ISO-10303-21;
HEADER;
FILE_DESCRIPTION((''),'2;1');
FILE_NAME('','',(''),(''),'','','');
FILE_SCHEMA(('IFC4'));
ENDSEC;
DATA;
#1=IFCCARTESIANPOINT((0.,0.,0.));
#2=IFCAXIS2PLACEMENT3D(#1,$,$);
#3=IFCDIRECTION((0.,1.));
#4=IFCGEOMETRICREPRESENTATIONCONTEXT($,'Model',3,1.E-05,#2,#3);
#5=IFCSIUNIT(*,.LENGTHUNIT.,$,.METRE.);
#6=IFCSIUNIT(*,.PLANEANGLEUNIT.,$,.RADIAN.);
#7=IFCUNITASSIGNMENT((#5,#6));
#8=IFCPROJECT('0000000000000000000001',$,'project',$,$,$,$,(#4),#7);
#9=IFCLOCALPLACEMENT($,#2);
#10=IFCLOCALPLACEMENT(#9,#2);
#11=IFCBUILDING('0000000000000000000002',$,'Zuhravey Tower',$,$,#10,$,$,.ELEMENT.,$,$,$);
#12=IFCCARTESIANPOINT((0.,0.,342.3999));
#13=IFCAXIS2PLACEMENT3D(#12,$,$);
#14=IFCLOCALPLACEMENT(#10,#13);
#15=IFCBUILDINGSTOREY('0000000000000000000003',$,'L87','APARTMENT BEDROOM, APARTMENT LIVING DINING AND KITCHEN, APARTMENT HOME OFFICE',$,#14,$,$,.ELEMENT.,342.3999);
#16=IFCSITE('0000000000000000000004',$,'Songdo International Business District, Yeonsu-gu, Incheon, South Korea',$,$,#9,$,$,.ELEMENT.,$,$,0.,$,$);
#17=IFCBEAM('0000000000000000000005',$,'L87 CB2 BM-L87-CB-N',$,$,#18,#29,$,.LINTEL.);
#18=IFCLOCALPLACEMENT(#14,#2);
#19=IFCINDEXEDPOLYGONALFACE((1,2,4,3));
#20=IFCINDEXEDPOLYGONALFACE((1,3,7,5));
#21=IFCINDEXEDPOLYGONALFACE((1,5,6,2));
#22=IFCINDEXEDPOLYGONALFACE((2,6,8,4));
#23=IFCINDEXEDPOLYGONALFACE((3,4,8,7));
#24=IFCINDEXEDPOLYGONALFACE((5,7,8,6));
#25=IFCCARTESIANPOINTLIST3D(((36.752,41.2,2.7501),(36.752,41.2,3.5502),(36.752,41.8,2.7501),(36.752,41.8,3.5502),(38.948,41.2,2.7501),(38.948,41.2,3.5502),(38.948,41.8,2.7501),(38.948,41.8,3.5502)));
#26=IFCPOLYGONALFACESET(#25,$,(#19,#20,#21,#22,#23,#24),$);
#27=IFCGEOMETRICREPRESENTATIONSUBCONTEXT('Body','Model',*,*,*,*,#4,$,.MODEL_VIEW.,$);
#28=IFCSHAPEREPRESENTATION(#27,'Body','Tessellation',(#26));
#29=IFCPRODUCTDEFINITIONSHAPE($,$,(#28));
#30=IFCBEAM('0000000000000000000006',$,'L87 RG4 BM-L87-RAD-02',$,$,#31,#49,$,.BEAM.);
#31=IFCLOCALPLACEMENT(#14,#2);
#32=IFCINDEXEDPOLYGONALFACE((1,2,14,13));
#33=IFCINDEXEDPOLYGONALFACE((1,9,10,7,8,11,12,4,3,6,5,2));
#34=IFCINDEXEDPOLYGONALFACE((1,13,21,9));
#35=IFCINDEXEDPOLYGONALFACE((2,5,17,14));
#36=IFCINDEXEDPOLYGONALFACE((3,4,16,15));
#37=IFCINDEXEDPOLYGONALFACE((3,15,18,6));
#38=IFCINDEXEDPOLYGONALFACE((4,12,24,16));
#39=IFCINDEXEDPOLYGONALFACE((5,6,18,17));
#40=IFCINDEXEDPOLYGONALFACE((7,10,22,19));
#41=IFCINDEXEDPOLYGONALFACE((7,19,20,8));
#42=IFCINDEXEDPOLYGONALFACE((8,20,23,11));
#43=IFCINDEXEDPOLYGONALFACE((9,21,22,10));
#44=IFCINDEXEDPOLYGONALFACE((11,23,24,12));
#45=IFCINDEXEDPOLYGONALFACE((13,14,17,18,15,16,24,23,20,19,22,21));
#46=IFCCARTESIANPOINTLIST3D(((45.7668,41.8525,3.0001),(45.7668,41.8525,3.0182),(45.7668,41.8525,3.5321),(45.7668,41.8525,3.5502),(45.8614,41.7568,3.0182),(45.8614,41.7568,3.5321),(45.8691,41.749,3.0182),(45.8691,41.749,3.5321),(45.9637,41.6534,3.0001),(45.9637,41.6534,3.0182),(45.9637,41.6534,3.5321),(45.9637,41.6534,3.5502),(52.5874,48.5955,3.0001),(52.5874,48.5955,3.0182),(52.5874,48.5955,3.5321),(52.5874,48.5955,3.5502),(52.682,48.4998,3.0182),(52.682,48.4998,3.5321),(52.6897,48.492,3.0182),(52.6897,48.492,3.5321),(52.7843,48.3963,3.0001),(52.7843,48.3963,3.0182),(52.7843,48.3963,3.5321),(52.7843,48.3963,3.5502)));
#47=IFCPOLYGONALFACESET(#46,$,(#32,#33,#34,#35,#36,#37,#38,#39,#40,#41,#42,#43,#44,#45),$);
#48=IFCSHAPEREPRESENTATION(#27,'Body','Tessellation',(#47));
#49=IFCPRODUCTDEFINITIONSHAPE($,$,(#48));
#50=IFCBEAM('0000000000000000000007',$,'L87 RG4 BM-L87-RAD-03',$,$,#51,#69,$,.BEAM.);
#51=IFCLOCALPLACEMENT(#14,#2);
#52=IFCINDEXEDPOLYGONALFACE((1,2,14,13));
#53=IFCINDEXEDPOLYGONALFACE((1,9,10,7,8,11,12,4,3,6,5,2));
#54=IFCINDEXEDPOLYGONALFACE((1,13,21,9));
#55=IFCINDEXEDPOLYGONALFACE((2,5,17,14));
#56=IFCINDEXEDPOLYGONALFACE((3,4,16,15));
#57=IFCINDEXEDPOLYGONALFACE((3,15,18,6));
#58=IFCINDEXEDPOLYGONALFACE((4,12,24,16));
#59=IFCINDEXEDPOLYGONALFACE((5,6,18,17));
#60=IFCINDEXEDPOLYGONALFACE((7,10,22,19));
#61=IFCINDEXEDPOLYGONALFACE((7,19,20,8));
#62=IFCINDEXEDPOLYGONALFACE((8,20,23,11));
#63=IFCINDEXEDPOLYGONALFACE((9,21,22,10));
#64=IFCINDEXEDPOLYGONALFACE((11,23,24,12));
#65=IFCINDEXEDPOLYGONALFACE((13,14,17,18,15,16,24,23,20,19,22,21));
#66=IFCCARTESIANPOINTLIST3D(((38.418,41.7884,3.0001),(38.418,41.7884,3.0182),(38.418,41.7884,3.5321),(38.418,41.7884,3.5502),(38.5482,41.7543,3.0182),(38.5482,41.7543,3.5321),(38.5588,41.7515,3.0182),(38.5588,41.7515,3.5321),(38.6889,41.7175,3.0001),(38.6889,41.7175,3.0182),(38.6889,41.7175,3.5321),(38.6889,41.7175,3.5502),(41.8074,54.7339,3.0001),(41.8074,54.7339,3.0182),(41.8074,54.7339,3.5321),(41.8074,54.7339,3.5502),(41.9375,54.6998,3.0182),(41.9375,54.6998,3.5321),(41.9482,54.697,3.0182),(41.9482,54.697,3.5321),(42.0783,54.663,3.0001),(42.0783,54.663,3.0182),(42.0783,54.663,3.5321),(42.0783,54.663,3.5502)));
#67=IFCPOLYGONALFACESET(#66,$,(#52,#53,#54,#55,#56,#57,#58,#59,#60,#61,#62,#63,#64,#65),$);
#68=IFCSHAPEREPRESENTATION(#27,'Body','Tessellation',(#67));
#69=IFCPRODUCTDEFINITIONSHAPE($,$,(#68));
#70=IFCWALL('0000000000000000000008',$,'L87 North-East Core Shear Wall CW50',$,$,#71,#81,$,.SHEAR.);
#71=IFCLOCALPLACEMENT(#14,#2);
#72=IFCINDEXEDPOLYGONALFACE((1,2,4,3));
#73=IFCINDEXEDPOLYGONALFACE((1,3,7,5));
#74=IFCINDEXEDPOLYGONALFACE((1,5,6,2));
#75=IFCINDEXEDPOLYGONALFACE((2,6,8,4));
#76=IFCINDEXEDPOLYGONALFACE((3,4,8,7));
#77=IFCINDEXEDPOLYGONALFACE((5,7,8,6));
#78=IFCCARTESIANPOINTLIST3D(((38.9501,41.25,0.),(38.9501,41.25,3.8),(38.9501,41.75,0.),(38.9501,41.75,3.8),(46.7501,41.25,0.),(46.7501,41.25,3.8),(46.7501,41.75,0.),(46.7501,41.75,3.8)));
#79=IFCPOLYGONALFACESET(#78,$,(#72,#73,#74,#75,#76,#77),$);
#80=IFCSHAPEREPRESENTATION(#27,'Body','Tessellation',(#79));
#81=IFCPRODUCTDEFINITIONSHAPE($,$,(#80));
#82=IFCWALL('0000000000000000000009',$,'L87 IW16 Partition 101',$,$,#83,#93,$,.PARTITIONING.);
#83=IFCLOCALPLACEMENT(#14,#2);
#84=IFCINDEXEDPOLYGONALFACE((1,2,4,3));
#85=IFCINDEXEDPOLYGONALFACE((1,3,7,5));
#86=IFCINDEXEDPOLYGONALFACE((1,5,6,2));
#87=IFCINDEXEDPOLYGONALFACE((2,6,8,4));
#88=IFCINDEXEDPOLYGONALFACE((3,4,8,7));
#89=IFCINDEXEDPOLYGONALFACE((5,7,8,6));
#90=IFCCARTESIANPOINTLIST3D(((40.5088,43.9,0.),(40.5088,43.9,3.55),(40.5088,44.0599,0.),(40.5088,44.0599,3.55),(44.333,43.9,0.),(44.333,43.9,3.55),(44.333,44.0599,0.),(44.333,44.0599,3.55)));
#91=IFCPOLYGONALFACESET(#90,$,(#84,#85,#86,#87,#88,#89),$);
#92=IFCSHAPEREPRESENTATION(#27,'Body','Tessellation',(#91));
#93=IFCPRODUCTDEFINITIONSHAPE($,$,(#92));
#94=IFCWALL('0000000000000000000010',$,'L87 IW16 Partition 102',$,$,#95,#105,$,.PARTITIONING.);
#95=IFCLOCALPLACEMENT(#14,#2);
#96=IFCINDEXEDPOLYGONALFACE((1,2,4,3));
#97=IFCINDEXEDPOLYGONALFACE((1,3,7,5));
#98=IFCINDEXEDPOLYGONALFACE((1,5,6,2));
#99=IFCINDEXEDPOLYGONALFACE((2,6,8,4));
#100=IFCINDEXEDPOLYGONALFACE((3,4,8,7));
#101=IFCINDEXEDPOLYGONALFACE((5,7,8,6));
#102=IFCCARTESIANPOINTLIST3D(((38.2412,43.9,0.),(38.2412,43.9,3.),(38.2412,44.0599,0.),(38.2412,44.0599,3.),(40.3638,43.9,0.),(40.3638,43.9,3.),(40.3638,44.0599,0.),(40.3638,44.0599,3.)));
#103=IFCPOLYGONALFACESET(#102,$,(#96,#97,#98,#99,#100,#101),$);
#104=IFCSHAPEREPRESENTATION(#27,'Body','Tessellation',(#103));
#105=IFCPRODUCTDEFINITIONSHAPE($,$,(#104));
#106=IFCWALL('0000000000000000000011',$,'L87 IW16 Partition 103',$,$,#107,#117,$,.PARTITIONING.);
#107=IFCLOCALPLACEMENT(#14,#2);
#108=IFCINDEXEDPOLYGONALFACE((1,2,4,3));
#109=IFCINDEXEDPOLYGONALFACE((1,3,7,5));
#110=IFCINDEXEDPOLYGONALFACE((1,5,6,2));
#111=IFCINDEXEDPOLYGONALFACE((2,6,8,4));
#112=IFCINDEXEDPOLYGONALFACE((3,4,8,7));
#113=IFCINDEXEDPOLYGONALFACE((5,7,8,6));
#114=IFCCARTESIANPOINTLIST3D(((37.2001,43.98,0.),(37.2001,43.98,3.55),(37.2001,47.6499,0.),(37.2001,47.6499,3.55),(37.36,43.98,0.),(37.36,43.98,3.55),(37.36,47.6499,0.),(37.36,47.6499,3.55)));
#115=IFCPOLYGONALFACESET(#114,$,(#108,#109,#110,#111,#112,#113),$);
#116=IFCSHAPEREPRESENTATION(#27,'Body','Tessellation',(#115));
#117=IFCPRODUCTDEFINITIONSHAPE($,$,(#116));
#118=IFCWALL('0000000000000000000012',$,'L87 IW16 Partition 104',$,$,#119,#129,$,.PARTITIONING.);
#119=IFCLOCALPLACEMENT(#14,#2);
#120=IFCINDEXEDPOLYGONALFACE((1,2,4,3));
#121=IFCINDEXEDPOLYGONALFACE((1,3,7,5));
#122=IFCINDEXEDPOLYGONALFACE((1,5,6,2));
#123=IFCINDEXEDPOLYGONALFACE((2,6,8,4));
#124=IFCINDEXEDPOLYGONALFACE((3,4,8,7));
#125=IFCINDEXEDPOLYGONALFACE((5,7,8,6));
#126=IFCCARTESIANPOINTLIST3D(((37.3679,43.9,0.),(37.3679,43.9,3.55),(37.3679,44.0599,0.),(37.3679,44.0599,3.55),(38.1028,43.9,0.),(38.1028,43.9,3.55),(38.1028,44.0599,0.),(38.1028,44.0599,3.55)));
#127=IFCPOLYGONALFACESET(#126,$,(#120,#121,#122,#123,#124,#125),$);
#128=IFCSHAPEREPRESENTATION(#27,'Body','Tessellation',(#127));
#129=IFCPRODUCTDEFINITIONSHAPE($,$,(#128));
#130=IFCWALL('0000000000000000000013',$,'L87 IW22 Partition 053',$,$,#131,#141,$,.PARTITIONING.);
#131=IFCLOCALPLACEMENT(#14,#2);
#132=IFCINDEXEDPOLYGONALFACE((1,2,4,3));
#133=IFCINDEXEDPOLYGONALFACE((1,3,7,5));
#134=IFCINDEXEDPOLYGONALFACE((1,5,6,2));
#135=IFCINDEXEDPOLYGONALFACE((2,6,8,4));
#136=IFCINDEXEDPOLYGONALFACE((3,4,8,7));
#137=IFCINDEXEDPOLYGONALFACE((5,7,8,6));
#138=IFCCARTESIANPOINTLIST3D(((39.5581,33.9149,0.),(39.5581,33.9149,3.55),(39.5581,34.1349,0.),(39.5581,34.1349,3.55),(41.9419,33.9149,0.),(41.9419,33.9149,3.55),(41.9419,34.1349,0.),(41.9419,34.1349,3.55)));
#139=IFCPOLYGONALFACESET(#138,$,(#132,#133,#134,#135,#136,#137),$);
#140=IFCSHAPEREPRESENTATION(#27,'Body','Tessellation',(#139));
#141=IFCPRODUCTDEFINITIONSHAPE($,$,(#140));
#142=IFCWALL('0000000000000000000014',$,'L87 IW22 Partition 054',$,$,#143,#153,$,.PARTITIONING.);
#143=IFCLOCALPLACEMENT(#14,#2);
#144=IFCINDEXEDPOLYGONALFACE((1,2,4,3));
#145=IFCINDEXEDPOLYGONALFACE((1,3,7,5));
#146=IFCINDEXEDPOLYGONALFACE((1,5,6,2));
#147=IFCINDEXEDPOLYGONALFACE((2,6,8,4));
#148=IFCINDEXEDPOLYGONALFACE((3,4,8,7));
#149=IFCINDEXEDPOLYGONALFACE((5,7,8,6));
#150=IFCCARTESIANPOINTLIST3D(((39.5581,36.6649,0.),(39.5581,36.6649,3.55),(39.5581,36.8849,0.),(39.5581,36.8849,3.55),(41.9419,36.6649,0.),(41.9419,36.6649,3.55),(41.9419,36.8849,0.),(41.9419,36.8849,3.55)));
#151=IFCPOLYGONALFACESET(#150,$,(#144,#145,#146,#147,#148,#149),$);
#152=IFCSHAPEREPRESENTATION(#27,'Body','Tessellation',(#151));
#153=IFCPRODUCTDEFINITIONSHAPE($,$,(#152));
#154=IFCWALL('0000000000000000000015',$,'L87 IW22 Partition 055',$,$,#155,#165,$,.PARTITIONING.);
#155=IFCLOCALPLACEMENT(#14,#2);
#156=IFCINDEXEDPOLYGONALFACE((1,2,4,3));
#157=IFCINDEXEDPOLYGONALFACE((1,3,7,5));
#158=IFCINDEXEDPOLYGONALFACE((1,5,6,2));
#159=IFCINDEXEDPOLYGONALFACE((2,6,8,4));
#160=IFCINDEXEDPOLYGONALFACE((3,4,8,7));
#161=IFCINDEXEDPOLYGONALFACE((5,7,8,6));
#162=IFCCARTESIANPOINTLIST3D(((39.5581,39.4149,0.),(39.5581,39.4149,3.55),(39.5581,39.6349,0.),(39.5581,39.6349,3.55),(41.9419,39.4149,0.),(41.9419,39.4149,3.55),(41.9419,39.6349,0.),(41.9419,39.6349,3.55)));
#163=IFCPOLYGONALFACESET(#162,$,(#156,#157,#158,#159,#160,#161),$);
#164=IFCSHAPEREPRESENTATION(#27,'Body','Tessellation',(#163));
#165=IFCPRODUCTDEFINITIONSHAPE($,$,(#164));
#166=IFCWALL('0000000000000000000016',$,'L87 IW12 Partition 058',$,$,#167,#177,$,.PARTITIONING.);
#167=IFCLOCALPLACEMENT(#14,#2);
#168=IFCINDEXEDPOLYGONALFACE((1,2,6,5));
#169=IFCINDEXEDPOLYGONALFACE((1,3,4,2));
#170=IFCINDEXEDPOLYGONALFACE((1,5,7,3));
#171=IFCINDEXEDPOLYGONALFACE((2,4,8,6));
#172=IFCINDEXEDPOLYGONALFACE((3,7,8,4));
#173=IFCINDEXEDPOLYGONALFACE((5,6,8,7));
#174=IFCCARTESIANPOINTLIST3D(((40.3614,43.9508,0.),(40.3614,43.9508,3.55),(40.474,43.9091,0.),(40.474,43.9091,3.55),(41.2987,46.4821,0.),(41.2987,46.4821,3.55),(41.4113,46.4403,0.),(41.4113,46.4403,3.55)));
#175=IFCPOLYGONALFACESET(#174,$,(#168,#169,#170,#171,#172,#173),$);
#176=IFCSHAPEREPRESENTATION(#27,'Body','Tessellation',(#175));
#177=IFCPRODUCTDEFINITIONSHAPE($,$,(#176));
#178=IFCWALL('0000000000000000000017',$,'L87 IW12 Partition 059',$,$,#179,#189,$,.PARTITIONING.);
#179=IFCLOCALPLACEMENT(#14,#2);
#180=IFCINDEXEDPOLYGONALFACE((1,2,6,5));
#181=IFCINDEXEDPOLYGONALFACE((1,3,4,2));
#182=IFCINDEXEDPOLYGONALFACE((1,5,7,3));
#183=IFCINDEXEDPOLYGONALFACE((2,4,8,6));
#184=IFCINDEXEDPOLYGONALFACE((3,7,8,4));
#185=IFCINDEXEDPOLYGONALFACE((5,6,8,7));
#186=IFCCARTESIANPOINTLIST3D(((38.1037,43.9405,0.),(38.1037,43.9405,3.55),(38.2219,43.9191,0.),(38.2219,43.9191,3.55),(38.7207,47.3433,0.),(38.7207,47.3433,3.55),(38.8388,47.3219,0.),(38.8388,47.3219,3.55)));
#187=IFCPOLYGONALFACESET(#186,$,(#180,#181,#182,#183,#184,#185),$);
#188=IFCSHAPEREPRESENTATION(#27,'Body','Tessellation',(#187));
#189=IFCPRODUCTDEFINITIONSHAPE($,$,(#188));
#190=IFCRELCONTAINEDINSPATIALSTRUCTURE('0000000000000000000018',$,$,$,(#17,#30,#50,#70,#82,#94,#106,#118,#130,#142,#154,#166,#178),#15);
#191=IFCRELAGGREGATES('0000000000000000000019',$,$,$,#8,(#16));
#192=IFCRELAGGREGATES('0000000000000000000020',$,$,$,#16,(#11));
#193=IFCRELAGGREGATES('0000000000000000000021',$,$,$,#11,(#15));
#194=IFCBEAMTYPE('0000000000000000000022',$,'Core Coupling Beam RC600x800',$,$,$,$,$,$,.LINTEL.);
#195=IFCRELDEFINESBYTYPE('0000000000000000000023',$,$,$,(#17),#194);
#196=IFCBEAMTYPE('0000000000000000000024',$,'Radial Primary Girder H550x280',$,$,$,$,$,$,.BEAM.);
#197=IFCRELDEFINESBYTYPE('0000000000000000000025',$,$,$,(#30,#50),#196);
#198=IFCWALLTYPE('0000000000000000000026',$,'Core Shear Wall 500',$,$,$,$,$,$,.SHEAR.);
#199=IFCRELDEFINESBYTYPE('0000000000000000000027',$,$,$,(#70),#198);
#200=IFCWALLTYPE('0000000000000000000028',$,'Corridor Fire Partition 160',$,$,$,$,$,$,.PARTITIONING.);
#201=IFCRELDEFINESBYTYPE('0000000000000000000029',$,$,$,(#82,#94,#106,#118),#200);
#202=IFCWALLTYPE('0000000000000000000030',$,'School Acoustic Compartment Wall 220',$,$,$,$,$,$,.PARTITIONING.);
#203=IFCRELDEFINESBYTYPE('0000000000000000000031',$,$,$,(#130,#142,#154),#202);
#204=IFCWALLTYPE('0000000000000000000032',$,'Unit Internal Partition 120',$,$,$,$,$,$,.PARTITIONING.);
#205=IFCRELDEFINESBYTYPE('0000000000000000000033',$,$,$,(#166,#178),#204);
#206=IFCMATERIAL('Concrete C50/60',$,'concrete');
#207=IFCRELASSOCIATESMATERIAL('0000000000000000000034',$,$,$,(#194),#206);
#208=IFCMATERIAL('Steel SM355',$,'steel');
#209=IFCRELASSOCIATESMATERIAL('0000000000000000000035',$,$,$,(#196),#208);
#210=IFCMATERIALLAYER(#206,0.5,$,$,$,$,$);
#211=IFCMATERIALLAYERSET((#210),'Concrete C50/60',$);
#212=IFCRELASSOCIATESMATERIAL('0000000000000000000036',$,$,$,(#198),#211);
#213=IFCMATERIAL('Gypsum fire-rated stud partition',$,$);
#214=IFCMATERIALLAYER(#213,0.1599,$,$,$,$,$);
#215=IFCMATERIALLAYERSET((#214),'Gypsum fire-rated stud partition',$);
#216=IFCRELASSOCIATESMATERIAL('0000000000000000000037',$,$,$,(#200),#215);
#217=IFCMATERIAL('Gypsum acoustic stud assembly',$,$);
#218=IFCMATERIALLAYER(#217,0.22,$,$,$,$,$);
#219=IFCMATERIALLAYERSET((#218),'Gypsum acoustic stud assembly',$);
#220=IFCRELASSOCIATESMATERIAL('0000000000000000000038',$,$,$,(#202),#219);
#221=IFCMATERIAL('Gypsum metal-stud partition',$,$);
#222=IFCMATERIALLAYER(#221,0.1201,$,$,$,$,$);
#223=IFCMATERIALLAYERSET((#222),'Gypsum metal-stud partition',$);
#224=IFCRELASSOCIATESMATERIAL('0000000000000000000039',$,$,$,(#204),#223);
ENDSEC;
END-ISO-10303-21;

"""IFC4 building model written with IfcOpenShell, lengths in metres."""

from ifc_helpers import new_model, si_unit, direction, frame, frame_2d, origin, origin_2d, place, context, subcontext, project, spatial, rectangle, i_section, extrude, material, layer, layer_set, material_profile, profile_set, type_object, element, save


model = new_model("IFC4")

# Units and contexts
model_context = context("Model", 3, precision=1e-05, world=origin(), true_north=direction((0.0, 1.0)))
body_context = subcontext(model_context, "Body", "Model", "MODEL_VIEW")
ifc_project = project(units=[si_unit("LENGTHUNIT", "METRE"), si_unit("PLANEANGLEUNIT", "RADIAN")], contexts=[model_context])

# Site, building, storey
site_placement = place(None, origin())
site = spatial("IfcSite", under=ifc_project, at=site_placement, Name="Songdo International Business District, Yeonsu-gu, Incheon, South Korea", CompositionType="ELEMENT", RefElevation=0.0)
building_placement = place(site_placement, origin())
building = spatial("IfcBuilding", under=site, at=building_placement, Name="Zuhravey Tower", CompositionType="ELEMENT")
storey_placement = place(building_placement, frame((0.0, 0.0, 342.3999)))
storey = spatial("IfcBuildingStorey", under=building, at=storey_placement, Name="L87", Description="APARTMENT BEDROOM, APARTMENT LIVING DINING AND KITCHEN, APARTMENT HOME OFFICE", CompositionType="ELEMENT", Elevation=342.3999)

# Beams
ifc_material_1 = material(Name="Concrete C50/60", Category="concrete")
ifc_material_profile_1 = material_profile(ifc_material_1, rectangle(XDim=0.6001, YDim=0.8, at=origin_2d()), Name="RC-600x800")
ifc_profile_set_1 = profile_set([ifc_material_profile_1], Name="Concrete C50/60")
beam_type_1 = type_object("IfcBeamType", Name="Core Coupling Beam RC600x800", PredefinedType="LINTEL", material=ifc_profile_set_1)
beam_1_placement = place(storey_placement, frame((36.752, 41.5, 3.1501), z_axis=(1.0, 0.0, 0.0), x_axis=(0.0, 1.0, 0.0)))
element("IfcBeam", 1, at=beam_1_placement, inside=storey, type_object=beam_type_1, Name="L87 CB2 BM-L87-CB-N", PredefinedType="LINTEL", context=body_context, shape_type="SweptSolid", body=[
    extrude(rectangle(XDim=0.6001, YDim=0.8, at=origin_2d()), origin(), (0.0, 0.0, 1.0), 2.196),
])
ifc_material_2 = material(Name="Steel SM355", Category="steel")
ifc_material_profile_2 = material_profile(ifc_material_2, i_section(OverallWidth=0.28, OverallDepth=0.55, WebThickness=0.011, FlangeThickness=0.0181, at=origin_2d()), Name="H-550x280x11x18")
ifc_profile_set_2 = profile_set([ifc_material_profile_2], Name="Steel SM355")
beam_type_2 = type_object("IfcBeamType", Name="Radial Primary Girder H550x280", PredefinedType="BEAM", material=ifc_profile_set_2)
beam_2_placement = place(storey_placement, frame((45.8652, 41.7529, 3.2751), z_axis=(0.711143, 0.703048, 0.0), x_axis=(-0.703048, 0.711143, 0.0)))
element("IfcBeam", 2, at=beam_2_placement, inside=storey, type_object=beam_type_2, Name="L87 RG4 BM-L87-RAD-02", PredefinedType="BEAM", context=body_context, shape_type="SweptSolid", body=[
    extrude(i_section(OverallWidth=0.28, OverallDepth=0.55, WebThickness=0.011, FlangeThickness=0.0181, at=origin_2d()), origin(), (0.0, 0.0, 1.0), 9.5911),
])
beam_3_placement = place(storey_placement, frame((38.5535, 41.7529, 3.2751), z_axis=(0.253283, 0.967392, 0.0), x_axis=(-0.967392, 0.253283, 0.0)))
element("IfcBeam", 3, at=beam_3_placement, inside=storey, type_object=beam_type_2, Name="L87 RG4 BM-L87-RAD-03", PredefinedType="BEAM", context=body_context, shape_type="SweptSolid", body=[
    extrude(i_section(OverallWidth=0.28, OverallDepth=0.55, WebThickness=0.011, FlangeThickness=0.0181, at=origin_2d()), origin(), (0.0, 0.0, 1.0), 13.3818),
])

# Wall
ifc_layer_1 = layer(ifc_material_1, 0.5)
ifc_layer_set_1 = layer_set([ifc_layer_1], Name="Concrete C50/60")
wall_type_1 = type_object("IfcWallType", Name="Core Shear Wall 500", PredefinedType="SHEAR", material=ifc_layer_set_1)
wall_1_placement = place(storey_placement, frame((46.75, 41.5, 0.0), z_axis=(0.0, 0.0, 1.0), x_axis=(-1.0, 0.0, 0.0)))
element("IfcWall", 4, at=wall_1_placement, inside=storey, type_object=wall_type_1, Name="L87 North-East Core Shear Wall CW50", PredefinedType="SHEAR", context=body_context, shape_type="SweptSolid", body=[
    extrude(rectangle(XDim=7.8, YDim=0.5, at=frame_2d((3.8999, 0.0))), origin(), (0.0, 0.0, 1.0), 3.8),
])

# Walls
ifc_material_3 = material(Name="Gypsum fire-rated stud partition")
ifc_layer_2 = layer(ifc_material_3, 0.1599)
ifc_layer_set_2 = layer_set([ifc_layer_2], Name="Gypsum fire-rated stud partition")
wall_type_2 = type_object("IfcWallType", Name="Corridor Fire Partition 160", PredefinedType="PARTITIONING", material=ifc_layer_set_2)
wall_2_placement = place(storey_placement, frame((44.333, 43.98, 0.0), z_axis=(0.0, 0.0, 1.0), x_axis=(-1.0, 0.0, 0.0)))
element("IfcWall", 5, at=wall_2_placement, inside=storey, type_object=wall_type_2, Name="L87 IW16 Partition 101", PredefinedType="PARTITIONING", context=body_context, shape_type="SweptSolid", body=[
    extrude(rectangle(XDim=3.8242, YDim=0.1599, at=frame_2d((1.9121, 0.0))), origin(), (0.0, 0.0, 1.0), 3.55),
])
wall_3_placement = place(storey_placement, frame((40.3638, 43.98, 0.0), z_axis=(0.0, 0.0, 1.0), x_axis=(-1.0, 0.0, 0.0)))
element("IfcWall", 6, at=wall_3_placement, inside=storey, type_object=wall_type_2, Name="L87 IW16 Partition 102", PredefinedType="PARTITIONING", context=body_context, shape_type="SweptSolid", body=[
    extrude(rectangle(XDim=2.1226, YDim=0.1599, at=frame_2d((1.0613, 0.0))), origin(), (0.0, 0.0, 1.0), 3.0),
])
wall_4_placement = place(storey_placement, frame((37.28, 43.98, 0.0), z_axis=(0.0, 0.0, 1.0), x_axis=(0.0, 1.0, 0.0)))
element("IfcWall", 7, at=wall_4_placement, inside=storey, type_object=wall_type_2, Name="L87 IW16 Partition 103", PredefinedType="PARTITIONING", context=body_context, shape_type="SweptSolid", body=[
    extrude(rectangle(XDim=3.6699, YDim=0.1599, at=frame_2d((1.835, 0.0))), origin(), (0.0, 0.0, 1.0), 3.55),
])
wall_5_placement = place(storey_placement, frame((38.1028, 43.98, 0.0), z_axis=(0.0, 0.0, 1.0), x_axis=(-1.0, 0.0, 0.0)))
element("IfcWall", 8, at=wall_5_placement, inside=storey, type_object=wall_type_2, Name="L87 IW16 Partition 104", PredefinedType="PARTITIONING", context=body_context, shape_type="SweptSolid", body=[
    extrude(rectangle(XDim=0.7349, YDim=0.1599, at=frame_2d((0.3674, 0.0))), origin(), (0.0, 0.0, 1.0), 3.55),
])

# Walls
ifc_material_4 = material(Name="Gypsum acoustic stud assembly")
ifc_layer_3 = layer(ifc_material_4, 0.22)
ifc_layer_set_3 = layer_set([ifc_layer_3], Name="Gypsum acoustic stud assembly")
wall_type_3 = type_object("IfcWallType", Name="School Acoustic Compartment Wall 220", PredefinedType="PARTITIONING", material=ifc_layer_set_3)
for number, where, z_axis, x_axis, name in (
    (9, (39.5581, 34.0249, 0.0), (0.0, 0.0, 1.0), (1.0, 0.0, 0.0), "L87 IW22 Partition 053"),
    (10, (39.5581, 36.7749, 0.0), (0.0, 0.0, 1.0), (1.0, 0.0, 0.0), "L87 IW22 Partition 054"),
    (11, (39.5581, 39.5249, 0.0), (0.0, 0.0, 1.0), (1.0, 0.0, 0.0), "L87 IW22 Partition 055"),
):
    element("IfcWall", number, at=place(storey_placement, frame(where, z_axis=z_axis, x_axis=x_axis)), inside=storey, type_object=wall_type_3, Name=name, PredefinedType="PARTITIONING", context=body_context, shape_type="SweptSolid", body=[
        extrude(rectangle(XDim=2.3838, YDim=0.22, at=frame_2d((1.1919, 0.0))), origin(), (0.0, 0.0, 1.0), 3.55),
    ])
ifc_material_5 = material(Name="Gypsum metal-stud partition")
ifc_layer_4 = layer(ifc_material_5, 0.1201)
ifc_layer_set_4 = layer_set([ifc_layer_4], Name="Gypsum metal-stud partition")
wall_type_4 = type_object("IfcWallType", Name="Unit Internal Partition 120", PredefinedType="PARTITIONING", material=ifc_layer_set_4)
wall_6_placement = place(storey_placement, frame((40.4177, 43.9299, 0.0), z_axis=(0.0, 0.0, 1.0), x_axis=(0.347235, 0.937778, 0.0)))
element("IfcWall", 12, at=wall_6_placement, inside=storey, type_object=wall_type_4, Name="L87 IW12 Partition 058", PredefinedType="PARTITIONING", context=body_context, shape_type="SweptSolid", body=[
    extrude(rectangle(XDim=2.6992, YDim=0.1201, at=frame_2d((1.3496, 0.0))), origin(), (0.0, 0.0, 1.0), 3.55),
])
wall_7_placement = place(storey_placement, frame((38.1628, 43.9299, 0.0), z_axis=(0.0, 0.0, 1.0), x_axis=(0.178395, 0.983959, 0.0)))
element("IfcWall", 13, at=wall_7_placement, inside=storey, type_object=wall_type_4, Name="L87 IW12 Partition 059", PredefinedType="PARTITIONING", context=body_context, shape_type="SweptSolid", body=[
    extrude(rectangle(XDim=3.4583, YDim=0.1201, at=frame_2d((1.729, 0.0))), origin(), (0.0, 0.0, 1.0), 3.55),
])

save(model, "model.ifc")
